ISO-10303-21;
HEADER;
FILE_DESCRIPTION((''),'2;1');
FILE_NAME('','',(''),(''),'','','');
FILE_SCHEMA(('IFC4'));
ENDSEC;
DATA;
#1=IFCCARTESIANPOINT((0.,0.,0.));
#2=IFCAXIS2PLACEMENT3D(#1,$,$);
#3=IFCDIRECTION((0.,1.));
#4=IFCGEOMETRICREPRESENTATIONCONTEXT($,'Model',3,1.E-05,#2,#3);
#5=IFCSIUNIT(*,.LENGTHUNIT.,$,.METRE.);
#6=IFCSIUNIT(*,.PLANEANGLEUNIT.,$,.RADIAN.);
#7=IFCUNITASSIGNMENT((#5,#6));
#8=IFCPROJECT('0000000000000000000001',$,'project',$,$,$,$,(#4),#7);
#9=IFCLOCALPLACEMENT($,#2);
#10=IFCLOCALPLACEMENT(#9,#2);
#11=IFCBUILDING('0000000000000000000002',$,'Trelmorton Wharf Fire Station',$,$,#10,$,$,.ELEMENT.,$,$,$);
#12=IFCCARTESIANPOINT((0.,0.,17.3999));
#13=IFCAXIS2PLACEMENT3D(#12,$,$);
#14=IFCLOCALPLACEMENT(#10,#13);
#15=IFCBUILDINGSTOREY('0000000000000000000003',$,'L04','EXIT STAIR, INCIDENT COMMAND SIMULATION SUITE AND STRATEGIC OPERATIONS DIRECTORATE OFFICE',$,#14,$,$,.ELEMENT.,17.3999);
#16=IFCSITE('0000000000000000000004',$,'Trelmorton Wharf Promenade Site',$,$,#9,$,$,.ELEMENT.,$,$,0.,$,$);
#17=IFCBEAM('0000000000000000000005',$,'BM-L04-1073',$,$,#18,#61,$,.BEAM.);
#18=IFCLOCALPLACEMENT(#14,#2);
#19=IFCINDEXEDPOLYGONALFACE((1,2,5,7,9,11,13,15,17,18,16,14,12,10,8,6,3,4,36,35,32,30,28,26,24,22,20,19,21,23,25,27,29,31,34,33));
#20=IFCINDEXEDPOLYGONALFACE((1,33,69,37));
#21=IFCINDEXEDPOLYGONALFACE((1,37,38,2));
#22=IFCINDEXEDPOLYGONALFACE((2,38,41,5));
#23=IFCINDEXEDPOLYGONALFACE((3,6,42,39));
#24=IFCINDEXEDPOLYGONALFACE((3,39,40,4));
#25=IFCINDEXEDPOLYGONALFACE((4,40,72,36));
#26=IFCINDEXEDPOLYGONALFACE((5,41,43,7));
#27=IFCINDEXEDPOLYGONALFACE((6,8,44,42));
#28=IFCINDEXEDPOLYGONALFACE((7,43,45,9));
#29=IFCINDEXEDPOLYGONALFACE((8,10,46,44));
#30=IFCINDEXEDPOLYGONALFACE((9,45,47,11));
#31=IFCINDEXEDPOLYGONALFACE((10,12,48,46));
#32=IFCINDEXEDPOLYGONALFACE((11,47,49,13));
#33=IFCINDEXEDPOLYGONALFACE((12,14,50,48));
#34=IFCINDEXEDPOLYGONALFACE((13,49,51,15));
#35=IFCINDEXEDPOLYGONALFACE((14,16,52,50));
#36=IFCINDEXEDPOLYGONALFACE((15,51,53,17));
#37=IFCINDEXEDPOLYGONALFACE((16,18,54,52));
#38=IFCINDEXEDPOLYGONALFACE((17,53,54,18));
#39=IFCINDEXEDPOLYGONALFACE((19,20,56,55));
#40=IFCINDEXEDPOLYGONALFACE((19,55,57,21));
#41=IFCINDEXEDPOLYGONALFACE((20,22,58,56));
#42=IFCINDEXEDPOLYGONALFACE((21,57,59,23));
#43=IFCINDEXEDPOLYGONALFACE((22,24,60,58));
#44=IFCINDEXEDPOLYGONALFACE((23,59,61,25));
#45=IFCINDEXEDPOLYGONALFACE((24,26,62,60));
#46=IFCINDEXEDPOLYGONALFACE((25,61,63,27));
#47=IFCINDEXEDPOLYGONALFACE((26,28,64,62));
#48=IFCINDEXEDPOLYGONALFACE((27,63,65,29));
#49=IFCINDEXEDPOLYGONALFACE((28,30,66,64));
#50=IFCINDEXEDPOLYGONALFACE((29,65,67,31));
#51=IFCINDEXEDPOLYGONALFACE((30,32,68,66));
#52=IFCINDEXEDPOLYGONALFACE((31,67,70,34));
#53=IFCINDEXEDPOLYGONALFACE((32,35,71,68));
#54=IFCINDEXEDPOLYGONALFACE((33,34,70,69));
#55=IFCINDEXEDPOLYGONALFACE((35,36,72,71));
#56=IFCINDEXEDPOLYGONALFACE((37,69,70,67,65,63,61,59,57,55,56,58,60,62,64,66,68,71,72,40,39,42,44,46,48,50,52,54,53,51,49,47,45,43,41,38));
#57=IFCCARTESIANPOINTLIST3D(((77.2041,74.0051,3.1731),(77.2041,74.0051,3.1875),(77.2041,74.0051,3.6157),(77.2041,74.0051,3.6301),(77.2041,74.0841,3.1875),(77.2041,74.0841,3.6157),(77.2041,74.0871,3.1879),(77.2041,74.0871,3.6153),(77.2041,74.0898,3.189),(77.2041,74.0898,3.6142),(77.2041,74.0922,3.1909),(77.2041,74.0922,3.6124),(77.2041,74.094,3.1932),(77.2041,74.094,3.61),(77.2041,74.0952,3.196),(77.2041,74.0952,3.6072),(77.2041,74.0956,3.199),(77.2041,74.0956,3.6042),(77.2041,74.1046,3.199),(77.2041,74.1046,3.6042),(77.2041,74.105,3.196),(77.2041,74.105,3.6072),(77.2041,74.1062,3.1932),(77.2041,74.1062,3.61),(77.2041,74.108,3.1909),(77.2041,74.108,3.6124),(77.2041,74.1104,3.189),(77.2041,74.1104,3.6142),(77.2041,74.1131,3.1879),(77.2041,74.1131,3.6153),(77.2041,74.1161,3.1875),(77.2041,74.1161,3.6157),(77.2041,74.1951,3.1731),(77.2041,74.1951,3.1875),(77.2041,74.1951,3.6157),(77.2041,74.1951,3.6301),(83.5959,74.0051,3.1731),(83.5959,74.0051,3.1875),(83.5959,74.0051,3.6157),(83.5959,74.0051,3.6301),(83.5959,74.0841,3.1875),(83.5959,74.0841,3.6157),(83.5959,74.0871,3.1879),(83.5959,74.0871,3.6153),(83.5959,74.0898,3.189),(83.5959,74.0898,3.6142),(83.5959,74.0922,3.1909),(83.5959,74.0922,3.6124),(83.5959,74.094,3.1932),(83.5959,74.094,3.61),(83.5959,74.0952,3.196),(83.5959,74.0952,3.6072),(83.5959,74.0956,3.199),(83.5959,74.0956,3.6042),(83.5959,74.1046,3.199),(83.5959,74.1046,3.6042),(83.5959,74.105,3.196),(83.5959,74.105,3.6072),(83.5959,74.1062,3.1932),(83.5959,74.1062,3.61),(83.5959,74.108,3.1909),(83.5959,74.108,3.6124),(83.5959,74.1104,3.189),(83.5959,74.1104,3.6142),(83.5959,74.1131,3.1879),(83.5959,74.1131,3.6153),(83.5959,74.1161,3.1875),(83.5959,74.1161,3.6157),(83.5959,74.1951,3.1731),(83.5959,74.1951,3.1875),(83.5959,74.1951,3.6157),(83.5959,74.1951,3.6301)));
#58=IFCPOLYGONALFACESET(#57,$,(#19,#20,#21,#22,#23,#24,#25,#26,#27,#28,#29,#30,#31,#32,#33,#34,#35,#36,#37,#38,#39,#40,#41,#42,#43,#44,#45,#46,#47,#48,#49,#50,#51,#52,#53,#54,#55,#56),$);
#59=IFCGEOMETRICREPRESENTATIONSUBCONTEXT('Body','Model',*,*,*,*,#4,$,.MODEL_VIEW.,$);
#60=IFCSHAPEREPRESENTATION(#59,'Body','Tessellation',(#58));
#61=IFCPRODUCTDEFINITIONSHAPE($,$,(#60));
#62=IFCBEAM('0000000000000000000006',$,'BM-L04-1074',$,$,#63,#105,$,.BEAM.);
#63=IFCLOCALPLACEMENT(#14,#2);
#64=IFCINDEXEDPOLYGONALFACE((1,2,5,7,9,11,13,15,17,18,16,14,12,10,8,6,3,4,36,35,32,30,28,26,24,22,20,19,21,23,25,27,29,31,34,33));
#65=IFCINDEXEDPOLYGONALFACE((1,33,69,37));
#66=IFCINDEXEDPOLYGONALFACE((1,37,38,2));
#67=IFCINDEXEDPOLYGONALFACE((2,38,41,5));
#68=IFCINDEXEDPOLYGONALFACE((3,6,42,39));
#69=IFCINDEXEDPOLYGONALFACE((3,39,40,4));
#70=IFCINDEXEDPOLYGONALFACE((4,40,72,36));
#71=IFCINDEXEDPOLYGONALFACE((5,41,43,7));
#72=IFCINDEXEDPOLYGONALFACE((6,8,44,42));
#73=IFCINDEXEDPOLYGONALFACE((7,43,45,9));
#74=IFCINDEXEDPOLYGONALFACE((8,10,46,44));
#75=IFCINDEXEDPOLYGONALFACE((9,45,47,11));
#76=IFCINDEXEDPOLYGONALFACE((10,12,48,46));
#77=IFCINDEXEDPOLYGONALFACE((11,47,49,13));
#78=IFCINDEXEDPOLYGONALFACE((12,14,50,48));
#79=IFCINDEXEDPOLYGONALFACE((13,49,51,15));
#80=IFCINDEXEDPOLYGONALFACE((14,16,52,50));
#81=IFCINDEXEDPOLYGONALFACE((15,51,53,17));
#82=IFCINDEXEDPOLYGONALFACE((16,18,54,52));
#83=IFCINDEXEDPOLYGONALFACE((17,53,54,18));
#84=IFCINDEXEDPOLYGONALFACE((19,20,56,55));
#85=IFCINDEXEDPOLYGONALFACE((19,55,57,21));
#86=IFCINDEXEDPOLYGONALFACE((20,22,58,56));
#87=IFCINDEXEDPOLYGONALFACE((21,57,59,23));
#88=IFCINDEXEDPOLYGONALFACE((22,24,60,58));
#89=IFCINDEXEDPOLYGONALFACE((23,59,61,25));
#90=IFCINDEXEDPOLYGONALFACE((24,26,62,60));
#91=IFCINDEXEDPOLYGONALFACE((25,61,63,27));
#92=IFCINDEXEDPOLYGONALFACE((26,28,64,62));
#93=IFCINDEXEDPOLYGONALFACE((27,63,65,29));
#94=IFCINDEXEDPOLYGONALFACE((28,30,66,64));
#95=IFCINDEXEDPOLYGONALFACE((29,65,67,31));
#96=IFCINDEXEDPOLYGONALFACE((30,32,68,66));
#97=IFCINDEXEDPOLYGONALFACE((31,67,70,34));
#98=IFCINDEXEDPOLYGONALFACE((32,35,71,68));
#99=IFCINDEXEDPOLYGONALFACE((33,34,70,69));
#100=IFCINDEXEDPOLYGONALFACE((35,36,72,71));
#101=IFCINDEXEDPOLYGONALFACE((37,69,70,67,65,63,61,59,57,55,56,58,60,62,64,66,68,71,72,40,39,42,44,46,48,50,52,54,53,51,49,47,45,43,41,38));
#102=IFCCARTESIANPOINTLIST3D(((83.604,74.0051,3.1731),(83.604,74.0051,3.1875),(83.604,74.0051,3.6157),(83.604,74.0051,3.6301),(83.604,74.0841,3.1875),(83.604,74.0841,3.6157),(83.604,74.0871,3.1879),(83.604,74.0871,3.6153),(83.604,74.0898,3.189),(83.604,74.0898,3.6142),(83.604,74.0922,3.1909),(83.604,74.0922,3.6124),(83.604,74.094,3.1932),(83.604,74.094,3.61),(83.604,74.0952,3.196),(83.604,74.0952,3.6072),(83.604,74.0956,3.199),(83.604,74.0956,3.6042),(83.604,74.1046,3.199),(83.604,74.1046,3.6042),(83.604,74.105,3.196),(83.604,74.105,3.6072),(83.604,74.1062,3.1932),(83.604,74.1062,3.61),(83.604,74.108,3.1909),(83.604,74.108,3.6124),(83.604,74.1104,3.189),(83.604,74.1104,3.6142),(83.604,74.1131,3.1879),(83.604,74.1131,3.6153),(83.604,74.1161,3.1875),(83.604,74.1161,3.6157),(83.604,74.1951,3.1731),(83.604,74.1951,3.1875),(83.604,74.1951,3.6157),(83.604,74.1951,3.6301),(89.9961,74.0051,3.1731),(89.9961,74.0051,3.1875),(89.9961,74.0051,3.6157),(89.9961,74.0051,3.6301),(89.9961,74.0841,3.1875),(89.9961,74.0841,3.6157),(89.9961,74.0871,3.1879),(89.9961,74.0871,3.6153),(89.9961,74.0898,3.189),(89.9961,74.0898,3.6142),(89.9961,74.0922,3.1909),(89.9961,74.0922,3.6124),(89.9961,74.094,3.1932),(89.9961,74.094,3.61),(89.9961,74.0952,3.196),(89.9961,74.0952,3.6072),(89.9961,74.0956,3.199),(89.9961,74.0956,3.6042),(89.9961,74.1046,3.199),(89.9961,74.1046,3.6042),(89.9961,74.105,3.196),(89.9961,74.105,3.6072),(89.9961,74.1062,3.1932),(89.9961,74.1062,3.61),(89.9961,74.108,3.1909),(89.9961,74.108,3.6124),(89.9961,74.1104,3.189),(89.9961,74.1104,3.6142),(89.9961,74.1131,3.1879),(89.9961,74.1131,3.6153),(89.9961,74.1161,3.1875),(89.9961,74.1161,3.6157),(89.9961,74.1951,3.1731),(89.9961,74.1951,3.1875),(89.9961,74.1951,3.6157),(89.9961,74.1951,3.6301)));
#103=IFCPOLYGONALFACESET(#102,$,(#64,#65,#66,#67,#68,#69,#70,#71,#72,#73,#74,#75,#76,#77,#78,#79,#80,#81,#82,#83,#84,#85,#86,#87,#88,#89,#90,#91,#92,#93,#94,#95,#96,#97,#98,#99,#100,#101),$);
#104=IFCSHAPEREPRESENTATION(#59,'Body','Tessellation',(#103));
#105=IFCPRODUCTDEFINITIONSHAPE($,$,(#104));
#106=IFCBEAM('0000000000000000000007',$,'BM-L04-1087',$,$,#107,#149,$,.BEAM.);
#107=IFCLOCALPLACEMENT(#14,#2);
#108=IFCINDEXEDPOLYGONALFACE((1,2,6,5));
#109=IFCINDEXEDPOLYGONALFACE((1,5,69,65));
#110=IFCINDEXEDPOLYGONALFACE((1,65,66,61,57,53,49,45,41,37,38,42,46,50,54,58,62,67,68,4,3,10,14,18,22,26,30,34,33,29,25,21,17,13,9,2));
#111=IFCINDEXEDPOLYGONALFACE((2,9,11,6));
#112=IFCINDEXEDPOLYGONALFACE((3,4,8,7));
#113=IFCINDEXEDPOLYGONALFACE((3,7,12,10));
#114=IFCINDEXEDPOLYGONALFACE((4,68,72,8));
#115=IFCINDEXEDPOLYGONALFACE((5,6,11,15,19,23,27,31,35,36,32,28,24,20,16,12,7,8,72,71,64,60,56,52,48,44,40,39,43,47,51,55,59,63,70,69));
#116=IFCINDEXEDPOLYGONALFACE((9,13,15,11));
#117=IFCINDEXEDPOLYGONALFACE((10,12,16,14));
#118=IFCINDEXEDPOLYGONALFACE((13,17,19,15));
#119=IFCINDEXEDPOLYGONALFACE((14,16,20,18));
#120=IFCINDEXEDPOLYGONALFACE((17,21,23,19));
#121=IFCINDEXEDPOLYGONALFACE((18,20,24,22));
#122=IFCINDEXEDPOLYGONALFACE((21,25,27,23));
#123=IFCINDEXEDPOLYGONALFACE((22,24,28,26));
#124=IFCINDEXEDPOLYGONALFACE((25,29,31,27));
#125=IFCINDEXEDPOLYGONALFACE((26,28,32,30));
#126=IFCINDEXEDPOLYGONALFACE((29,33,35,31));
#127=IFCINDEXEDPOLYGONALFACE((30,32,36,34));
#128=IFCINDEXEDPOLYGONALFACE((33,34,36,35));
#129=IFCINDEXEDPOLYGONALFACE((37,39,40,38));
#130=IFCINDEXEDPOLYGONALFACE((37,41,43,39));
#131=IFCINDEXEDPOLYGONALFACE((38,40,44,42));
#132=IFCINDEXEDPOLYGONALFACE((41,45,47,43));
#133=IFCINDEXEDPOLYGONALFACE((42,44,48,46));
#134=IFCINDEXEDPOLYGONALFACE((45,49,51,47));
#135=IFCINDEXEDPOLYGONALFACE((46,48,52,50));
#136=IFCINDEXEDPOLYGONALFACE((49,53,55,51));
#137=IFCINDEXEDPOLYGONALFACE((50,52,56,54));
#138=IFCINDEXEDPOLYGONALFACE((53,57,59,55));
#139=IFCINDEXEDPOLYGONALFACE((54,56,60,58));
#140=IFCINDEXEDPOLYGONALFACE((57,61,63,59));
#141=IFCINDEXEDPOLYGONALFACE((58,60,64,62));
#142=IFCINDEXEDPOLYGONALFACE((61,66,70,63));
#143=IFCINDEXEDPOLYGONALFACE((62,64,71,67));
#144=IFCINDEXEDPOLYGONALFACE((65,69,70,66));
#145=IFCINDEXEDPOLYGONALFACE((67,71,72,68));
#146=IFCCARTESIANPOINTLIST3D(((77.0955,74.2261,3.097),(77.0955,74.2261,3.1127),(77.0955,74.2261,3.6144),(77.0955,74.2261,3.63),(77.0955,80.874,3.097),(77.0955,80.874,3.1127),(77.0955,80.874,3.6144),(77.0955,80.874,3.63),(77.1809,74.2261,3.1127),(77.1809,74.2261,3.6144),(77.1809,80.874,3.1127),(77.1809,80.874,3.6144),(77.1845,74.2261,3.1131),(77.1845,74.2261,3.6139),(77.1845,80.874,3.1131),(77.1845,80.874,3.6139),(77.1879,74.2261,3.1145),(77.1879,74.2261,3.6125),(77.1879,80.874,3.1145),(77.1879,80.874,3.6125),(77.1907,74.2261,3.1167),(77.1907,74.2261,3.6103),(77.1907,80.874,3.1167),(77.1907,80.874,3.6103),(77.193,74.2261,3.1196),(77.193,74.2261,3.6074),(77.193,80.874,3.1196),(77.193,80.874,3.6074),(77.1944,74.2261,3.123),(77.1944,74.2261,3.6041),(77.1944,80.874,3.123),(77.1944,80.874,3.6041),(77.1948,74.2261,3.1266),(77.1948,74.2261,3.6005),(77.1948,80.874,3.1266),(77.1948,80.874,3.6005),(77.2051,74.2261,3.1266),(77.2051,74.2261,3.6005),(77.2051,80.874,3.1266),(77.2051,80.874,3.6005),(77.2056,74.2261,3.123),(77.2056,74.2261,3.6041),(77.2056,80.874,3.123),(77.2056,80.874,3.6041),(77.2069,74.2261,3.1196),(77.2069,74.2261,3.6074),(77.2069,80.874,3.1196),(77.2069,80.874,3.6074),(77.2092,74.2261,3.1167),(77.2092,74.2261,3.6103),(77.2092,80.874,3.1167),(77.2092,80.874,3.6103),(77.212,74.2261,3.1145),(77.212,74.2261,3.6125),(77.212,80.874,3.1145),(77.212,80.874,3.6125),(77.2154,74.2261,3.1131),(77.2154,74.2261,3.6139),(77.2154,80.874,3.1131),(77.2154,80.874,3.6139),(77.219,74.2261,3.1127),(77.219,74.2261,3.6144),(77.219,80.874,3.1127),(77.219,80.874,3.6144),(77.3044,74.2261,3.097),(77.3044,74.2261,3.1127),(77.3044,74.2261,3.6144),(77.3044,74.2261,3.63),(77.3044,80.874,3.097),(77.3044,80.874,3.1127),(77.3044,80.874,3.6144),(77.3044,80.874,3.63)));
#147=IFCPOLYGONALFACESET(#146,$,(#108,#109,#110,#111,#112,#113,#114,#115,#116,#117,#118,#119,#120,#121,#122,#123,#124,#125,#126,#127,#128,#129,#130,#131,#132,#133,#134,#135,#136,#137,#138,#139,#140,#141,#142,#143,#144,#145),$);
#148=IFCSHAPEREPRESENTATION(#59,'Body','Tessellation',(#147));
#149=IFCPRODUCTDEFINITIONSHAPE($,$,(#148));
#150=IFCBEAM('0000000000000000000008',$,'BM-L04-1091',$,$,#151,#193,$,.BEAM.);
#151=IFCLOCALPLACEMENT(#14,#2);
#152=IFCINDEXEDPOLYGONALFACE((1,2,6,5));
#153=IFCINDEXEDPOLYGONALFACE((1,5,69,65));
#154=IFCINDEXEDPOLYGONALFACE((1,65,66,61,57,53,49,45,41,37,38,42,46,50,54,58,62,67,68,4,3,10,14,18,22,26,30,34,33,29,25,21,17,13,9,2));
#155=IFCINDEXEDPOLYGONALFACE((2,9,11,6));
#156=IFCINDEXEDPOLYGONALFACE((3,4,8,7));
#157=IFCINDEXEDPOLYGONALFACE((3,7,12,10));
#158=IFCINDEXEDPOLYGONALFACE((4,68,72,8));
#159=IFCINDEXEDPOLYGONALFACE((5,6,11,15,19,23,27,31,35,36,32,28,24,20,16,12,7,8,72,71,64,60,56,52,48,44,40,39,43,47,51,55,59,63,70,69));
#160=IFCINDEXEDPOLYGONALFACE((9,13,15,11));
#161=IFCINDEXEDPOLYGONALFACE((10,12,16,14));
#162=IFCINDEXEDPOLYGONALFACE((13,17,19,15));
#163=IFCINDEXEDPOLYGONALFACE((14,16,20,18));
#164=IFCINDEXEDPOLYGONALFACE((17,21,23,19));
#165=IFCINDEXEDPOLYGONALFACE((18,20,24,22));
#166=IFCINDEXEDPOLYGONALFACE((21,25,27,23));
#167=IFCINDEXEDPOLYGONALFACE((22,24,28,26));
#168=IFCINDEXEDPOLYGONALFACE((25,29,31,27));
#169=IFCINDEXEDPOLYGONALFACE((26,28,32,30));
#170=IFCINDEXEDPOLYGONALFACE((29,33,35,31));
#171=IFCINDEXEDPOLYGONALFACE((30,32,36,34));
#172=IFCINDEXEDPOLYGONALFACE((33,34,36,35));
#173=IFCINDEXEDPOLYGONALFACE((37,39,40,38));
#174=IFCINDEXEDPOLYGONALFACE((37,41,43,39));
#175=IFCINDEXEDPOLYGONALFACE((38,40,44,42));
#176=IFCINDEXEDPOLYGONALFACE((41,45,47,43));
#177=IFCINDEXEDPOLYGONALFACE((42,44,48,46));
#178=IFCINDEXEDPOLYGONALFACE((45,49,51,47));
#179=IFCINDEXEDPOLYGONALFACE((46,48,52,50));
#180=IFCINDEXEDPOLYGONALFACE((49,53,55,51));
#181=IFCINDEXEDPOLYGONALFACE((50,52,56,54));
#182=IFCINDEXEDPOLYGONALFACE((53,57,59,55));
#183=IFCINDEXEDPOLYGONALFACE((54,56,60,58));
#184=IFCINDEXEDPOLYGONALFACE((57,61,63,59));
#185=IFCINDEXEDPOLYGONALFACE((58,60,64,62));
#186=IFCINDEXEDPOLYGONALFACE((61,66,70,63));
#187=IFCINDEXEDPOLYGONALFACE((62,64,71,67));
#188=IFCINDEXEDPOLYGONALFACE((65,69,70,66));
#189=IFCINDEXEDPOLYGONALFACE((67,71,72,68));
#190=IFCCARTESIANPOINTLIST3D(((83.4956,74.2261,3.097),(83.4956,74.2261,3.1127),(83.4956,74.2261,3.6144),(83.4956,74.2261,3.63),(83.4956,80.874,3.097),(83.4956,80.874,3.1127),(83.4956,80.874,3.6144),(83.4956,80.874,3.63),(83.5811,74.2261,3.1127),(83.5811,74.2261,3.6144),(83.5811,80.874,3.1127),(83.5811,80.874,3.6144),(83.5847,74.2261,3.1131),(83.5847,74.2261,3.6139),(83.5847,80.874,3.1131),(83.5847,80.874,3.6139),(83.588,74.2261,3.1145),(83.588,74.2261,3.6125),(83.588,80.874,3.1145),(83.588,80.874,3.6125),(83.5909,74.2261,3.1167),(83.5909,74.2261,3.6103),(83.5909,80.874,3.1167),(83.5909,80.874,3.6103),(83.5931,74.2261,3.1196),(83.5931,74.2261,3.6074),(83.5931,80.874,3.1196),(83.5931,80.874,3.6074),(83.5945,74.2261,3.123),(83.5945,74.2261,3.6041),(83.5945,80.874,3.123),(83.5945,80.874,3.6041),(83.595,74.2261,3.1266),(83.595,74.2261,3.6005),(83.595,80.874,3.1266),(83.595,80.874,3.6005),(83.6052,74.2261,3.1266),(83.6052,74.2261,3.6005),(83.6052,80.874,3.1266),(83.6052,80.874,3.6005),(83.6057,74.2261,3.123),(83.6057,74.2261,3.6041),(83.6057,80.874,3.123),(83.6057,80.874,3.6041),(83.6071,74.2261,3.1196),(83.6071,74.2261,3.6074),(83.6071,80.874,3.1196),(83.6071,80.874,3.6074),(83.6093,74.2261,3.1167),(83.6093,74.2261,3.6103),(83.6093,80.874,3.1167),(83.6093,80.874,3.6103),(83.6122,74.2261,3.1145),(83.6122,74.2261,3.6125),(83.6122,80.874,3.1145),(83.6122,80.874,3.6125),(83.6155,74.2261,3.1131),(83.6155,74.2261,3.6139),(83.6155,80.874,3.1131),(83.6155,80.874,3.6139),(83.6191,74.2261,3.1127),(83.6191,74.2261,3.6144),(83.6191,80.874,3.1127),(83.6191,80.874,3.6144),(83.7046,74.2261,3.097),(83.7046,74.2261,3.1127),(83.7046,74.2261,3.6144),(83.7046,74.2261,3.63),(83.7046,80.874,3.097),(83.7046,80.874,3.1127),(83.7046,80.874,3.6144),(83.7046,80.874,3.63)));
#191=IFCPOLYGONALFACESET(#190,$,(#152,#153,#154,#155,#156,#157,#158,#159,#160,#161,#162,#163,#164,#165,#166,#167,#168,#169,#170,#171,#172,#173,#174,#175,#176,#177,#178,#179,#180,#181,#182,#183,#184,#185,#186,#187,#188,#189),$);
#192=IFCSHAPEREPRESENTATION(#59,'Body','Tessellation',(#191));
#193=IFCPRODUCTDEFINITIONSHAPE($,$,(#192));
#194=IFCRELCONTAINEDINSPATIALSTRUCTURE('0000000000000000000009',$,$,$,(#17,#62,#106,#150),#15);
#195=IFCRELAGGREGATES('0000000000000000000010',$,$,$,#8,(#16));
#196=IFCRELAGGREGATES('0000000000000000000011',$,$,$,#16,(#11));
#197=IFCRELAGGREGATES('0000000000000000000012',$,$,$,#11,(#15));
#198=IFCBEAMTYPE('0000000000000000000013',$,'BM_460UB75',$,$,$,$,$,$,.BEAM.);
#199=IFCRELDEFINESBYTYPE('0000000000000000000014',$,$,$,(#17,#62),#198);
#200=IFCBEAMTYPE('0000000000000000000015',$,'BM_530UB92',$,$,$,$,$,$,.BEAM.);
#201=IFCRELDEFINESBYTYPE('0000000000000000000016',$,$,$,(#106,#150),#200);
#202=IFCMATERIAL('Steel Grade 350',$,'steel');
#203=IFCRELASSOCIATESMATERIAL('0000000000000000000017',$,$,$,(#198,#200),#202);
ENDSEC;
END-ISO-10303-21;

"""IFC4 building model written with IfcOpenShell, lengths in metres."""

from ifc_helpers import new_model, si_unit, direction, frame, origin, origin_2d, place, context, subcontext, project, spatial, i_section, extrude, material, material_profile, profile_set, type_object, element, save


model = new_model("IFC4")

# Units and contexts
model_context = context("Model", 3, precision=1e-05, world=origin(), true_north=direction((0.0, 1.0)))
body_context = subcontext(model_context, "Body", "Model", "MODEL_VIEW")
ifc_project = project(units=[si_unit("LENGTHUNIT", "METRE"), si_unit("PLANEANGLEUNIT", "RADIAN")], contexts=[model_context])

# Site, building, storey
site_placement = place(None, origin())
site = spatial("IfcSite", under=ifc_project, at=site_placement, Name="Trelmorton Wharf Promenade Site", CompositionType="ELEMENT", RefElevation=0.0)
building_placement = place(site_placement, origin())
building = spatial("IfcBuilding", under=site, at=building_placement, Name="Trelmorton Wharf Fire Station", CompositionType="ELEMENT")
storey_placement = place(building_placement, frame((0.0, 0.0, 17.3999)))
storey = spatial("IfcBuildingStorey", under=building, at=storey_placement, Name="L04", Description="EXIT STAIR, INCIDENT COMMAND SIMULATION SUITE AND STRATEGIC OPERATIONS DIRECTORATE OFFICE", CompositionType="ELEMENT", Elevation=17.3999)

# Shared definitions
ifc_material_1 = material(Name="Steel Grade 350", Category="steel")

# Beams
ifc_material_profile_1 = material_profile(ifc_material_1, i_section(OverallWidth=0.1899, OverallDepth=0.457, WebThickness=0.009, FlangeThickness=0.0144, FilletRadius=0.0115, at=origin_2d()), Name="460UB74.6")
ifc_profile_set_1 = profile_set([ifc_material_profile_1], Name="Steel Grade 350")
beam_type_1 = type_object("IfcBeamType", Name="BM_460UB75", PredefinedType="BEAM", material=ifc_profile_set_1)
beam_1_placement = place(storey_placement, frame((77.2041, 74.1001, 3.4016), z_axis=(1.0, 0.0, 0.0), x_axis=(0.0, 1.0, 0.0)))
element("IfcBeam", 1, at=beam_1_placement, inside=storey, type_object=beam_type_1, Name="BM-L04-1073", PredefinedType="BEAM", context=body_context, shape_type="SweptSolid", body=[
    extrude(i_section(OverallWidth=0.1899, OverallDepth=0.457, WebThickness=0.009, FlangeThickness=0.0144, FilletRadius=0.0115, at=origin_2d()), origin(), (0.0, 0.0, 1.0), 6.3918),
])
beam_2_placement = place(storey_placement, frame((83.604, 74.1001, 3.4016), z_axis=(1.0, 0.0, 0.0), x_axis=(0.0, 1.0, 0.0)))
element("IfcBeam", 2, at=beam_2_placement, inside=storey, type_object=beam_type_1, Name="BM-L04-1074", PredefinedType="BEAM", context=body_context, shape_type="SweptSolid", body=[
    extrude(i_section(OverallWidth=0.1899, OverallDepth=0.457, WebThickness=0.009, FlangeThickness=0.0144, FilletRadius=0.0115, at=origin_2d()), origin(), (0.0, 0.0, 1.0), 6.3921),
])
ifc_material_profile_2 = material_profile(ifc_material_1, i_section(OverallWidth=0.209, OverallDepth=0.533, WebThickness=0.0103, FlangeThickness=0.0156, FilletRadius=0.0139, at=origin_2d()), Name="530UB92.4")
ifc_profile_set_2 = profile_set([ifc_material_profile_2], Name="Steel Grade 350")
beam_type_2 = type_object("IfcBeamType", Name="BM_530UB92", PredefinedType="BEAM", material=ifc_profile_set_2)
for number, where, z_axis, x_axis, name in (
    (3, (77.2, 74.2261, 3.3635), (0.0, 1.0, 0.0), (-1.0, 0.0, 0.0), "BM-L04-1087"),
    (4, (83.6001, 74.2261, 3.3635), (0.0, 1.0, 0.0), (-1.0, 0.0, 0.0), "BM-L04-1091"),
):
    element("IfcBeam", number, at=place(storey_placement, frame(where, z_axis=z_axis, x_axis=x_axis)), inside=storey, type_object=beam_type_2, Name=name, PredefinedType="BEAM", context=body_context, shape_type="SweptSolid", body=[
        extrude(i_section(OverallWidth=0.209, OverallDepth=0.533, WebThickness=0.0103, FlangeThickness=0.0156, FilletRadius=0.0139, at=origin_2d()), origin(), (0.0, 0.0, 1.0), 6.6479),
    ])

save(model, "model.ifc")
